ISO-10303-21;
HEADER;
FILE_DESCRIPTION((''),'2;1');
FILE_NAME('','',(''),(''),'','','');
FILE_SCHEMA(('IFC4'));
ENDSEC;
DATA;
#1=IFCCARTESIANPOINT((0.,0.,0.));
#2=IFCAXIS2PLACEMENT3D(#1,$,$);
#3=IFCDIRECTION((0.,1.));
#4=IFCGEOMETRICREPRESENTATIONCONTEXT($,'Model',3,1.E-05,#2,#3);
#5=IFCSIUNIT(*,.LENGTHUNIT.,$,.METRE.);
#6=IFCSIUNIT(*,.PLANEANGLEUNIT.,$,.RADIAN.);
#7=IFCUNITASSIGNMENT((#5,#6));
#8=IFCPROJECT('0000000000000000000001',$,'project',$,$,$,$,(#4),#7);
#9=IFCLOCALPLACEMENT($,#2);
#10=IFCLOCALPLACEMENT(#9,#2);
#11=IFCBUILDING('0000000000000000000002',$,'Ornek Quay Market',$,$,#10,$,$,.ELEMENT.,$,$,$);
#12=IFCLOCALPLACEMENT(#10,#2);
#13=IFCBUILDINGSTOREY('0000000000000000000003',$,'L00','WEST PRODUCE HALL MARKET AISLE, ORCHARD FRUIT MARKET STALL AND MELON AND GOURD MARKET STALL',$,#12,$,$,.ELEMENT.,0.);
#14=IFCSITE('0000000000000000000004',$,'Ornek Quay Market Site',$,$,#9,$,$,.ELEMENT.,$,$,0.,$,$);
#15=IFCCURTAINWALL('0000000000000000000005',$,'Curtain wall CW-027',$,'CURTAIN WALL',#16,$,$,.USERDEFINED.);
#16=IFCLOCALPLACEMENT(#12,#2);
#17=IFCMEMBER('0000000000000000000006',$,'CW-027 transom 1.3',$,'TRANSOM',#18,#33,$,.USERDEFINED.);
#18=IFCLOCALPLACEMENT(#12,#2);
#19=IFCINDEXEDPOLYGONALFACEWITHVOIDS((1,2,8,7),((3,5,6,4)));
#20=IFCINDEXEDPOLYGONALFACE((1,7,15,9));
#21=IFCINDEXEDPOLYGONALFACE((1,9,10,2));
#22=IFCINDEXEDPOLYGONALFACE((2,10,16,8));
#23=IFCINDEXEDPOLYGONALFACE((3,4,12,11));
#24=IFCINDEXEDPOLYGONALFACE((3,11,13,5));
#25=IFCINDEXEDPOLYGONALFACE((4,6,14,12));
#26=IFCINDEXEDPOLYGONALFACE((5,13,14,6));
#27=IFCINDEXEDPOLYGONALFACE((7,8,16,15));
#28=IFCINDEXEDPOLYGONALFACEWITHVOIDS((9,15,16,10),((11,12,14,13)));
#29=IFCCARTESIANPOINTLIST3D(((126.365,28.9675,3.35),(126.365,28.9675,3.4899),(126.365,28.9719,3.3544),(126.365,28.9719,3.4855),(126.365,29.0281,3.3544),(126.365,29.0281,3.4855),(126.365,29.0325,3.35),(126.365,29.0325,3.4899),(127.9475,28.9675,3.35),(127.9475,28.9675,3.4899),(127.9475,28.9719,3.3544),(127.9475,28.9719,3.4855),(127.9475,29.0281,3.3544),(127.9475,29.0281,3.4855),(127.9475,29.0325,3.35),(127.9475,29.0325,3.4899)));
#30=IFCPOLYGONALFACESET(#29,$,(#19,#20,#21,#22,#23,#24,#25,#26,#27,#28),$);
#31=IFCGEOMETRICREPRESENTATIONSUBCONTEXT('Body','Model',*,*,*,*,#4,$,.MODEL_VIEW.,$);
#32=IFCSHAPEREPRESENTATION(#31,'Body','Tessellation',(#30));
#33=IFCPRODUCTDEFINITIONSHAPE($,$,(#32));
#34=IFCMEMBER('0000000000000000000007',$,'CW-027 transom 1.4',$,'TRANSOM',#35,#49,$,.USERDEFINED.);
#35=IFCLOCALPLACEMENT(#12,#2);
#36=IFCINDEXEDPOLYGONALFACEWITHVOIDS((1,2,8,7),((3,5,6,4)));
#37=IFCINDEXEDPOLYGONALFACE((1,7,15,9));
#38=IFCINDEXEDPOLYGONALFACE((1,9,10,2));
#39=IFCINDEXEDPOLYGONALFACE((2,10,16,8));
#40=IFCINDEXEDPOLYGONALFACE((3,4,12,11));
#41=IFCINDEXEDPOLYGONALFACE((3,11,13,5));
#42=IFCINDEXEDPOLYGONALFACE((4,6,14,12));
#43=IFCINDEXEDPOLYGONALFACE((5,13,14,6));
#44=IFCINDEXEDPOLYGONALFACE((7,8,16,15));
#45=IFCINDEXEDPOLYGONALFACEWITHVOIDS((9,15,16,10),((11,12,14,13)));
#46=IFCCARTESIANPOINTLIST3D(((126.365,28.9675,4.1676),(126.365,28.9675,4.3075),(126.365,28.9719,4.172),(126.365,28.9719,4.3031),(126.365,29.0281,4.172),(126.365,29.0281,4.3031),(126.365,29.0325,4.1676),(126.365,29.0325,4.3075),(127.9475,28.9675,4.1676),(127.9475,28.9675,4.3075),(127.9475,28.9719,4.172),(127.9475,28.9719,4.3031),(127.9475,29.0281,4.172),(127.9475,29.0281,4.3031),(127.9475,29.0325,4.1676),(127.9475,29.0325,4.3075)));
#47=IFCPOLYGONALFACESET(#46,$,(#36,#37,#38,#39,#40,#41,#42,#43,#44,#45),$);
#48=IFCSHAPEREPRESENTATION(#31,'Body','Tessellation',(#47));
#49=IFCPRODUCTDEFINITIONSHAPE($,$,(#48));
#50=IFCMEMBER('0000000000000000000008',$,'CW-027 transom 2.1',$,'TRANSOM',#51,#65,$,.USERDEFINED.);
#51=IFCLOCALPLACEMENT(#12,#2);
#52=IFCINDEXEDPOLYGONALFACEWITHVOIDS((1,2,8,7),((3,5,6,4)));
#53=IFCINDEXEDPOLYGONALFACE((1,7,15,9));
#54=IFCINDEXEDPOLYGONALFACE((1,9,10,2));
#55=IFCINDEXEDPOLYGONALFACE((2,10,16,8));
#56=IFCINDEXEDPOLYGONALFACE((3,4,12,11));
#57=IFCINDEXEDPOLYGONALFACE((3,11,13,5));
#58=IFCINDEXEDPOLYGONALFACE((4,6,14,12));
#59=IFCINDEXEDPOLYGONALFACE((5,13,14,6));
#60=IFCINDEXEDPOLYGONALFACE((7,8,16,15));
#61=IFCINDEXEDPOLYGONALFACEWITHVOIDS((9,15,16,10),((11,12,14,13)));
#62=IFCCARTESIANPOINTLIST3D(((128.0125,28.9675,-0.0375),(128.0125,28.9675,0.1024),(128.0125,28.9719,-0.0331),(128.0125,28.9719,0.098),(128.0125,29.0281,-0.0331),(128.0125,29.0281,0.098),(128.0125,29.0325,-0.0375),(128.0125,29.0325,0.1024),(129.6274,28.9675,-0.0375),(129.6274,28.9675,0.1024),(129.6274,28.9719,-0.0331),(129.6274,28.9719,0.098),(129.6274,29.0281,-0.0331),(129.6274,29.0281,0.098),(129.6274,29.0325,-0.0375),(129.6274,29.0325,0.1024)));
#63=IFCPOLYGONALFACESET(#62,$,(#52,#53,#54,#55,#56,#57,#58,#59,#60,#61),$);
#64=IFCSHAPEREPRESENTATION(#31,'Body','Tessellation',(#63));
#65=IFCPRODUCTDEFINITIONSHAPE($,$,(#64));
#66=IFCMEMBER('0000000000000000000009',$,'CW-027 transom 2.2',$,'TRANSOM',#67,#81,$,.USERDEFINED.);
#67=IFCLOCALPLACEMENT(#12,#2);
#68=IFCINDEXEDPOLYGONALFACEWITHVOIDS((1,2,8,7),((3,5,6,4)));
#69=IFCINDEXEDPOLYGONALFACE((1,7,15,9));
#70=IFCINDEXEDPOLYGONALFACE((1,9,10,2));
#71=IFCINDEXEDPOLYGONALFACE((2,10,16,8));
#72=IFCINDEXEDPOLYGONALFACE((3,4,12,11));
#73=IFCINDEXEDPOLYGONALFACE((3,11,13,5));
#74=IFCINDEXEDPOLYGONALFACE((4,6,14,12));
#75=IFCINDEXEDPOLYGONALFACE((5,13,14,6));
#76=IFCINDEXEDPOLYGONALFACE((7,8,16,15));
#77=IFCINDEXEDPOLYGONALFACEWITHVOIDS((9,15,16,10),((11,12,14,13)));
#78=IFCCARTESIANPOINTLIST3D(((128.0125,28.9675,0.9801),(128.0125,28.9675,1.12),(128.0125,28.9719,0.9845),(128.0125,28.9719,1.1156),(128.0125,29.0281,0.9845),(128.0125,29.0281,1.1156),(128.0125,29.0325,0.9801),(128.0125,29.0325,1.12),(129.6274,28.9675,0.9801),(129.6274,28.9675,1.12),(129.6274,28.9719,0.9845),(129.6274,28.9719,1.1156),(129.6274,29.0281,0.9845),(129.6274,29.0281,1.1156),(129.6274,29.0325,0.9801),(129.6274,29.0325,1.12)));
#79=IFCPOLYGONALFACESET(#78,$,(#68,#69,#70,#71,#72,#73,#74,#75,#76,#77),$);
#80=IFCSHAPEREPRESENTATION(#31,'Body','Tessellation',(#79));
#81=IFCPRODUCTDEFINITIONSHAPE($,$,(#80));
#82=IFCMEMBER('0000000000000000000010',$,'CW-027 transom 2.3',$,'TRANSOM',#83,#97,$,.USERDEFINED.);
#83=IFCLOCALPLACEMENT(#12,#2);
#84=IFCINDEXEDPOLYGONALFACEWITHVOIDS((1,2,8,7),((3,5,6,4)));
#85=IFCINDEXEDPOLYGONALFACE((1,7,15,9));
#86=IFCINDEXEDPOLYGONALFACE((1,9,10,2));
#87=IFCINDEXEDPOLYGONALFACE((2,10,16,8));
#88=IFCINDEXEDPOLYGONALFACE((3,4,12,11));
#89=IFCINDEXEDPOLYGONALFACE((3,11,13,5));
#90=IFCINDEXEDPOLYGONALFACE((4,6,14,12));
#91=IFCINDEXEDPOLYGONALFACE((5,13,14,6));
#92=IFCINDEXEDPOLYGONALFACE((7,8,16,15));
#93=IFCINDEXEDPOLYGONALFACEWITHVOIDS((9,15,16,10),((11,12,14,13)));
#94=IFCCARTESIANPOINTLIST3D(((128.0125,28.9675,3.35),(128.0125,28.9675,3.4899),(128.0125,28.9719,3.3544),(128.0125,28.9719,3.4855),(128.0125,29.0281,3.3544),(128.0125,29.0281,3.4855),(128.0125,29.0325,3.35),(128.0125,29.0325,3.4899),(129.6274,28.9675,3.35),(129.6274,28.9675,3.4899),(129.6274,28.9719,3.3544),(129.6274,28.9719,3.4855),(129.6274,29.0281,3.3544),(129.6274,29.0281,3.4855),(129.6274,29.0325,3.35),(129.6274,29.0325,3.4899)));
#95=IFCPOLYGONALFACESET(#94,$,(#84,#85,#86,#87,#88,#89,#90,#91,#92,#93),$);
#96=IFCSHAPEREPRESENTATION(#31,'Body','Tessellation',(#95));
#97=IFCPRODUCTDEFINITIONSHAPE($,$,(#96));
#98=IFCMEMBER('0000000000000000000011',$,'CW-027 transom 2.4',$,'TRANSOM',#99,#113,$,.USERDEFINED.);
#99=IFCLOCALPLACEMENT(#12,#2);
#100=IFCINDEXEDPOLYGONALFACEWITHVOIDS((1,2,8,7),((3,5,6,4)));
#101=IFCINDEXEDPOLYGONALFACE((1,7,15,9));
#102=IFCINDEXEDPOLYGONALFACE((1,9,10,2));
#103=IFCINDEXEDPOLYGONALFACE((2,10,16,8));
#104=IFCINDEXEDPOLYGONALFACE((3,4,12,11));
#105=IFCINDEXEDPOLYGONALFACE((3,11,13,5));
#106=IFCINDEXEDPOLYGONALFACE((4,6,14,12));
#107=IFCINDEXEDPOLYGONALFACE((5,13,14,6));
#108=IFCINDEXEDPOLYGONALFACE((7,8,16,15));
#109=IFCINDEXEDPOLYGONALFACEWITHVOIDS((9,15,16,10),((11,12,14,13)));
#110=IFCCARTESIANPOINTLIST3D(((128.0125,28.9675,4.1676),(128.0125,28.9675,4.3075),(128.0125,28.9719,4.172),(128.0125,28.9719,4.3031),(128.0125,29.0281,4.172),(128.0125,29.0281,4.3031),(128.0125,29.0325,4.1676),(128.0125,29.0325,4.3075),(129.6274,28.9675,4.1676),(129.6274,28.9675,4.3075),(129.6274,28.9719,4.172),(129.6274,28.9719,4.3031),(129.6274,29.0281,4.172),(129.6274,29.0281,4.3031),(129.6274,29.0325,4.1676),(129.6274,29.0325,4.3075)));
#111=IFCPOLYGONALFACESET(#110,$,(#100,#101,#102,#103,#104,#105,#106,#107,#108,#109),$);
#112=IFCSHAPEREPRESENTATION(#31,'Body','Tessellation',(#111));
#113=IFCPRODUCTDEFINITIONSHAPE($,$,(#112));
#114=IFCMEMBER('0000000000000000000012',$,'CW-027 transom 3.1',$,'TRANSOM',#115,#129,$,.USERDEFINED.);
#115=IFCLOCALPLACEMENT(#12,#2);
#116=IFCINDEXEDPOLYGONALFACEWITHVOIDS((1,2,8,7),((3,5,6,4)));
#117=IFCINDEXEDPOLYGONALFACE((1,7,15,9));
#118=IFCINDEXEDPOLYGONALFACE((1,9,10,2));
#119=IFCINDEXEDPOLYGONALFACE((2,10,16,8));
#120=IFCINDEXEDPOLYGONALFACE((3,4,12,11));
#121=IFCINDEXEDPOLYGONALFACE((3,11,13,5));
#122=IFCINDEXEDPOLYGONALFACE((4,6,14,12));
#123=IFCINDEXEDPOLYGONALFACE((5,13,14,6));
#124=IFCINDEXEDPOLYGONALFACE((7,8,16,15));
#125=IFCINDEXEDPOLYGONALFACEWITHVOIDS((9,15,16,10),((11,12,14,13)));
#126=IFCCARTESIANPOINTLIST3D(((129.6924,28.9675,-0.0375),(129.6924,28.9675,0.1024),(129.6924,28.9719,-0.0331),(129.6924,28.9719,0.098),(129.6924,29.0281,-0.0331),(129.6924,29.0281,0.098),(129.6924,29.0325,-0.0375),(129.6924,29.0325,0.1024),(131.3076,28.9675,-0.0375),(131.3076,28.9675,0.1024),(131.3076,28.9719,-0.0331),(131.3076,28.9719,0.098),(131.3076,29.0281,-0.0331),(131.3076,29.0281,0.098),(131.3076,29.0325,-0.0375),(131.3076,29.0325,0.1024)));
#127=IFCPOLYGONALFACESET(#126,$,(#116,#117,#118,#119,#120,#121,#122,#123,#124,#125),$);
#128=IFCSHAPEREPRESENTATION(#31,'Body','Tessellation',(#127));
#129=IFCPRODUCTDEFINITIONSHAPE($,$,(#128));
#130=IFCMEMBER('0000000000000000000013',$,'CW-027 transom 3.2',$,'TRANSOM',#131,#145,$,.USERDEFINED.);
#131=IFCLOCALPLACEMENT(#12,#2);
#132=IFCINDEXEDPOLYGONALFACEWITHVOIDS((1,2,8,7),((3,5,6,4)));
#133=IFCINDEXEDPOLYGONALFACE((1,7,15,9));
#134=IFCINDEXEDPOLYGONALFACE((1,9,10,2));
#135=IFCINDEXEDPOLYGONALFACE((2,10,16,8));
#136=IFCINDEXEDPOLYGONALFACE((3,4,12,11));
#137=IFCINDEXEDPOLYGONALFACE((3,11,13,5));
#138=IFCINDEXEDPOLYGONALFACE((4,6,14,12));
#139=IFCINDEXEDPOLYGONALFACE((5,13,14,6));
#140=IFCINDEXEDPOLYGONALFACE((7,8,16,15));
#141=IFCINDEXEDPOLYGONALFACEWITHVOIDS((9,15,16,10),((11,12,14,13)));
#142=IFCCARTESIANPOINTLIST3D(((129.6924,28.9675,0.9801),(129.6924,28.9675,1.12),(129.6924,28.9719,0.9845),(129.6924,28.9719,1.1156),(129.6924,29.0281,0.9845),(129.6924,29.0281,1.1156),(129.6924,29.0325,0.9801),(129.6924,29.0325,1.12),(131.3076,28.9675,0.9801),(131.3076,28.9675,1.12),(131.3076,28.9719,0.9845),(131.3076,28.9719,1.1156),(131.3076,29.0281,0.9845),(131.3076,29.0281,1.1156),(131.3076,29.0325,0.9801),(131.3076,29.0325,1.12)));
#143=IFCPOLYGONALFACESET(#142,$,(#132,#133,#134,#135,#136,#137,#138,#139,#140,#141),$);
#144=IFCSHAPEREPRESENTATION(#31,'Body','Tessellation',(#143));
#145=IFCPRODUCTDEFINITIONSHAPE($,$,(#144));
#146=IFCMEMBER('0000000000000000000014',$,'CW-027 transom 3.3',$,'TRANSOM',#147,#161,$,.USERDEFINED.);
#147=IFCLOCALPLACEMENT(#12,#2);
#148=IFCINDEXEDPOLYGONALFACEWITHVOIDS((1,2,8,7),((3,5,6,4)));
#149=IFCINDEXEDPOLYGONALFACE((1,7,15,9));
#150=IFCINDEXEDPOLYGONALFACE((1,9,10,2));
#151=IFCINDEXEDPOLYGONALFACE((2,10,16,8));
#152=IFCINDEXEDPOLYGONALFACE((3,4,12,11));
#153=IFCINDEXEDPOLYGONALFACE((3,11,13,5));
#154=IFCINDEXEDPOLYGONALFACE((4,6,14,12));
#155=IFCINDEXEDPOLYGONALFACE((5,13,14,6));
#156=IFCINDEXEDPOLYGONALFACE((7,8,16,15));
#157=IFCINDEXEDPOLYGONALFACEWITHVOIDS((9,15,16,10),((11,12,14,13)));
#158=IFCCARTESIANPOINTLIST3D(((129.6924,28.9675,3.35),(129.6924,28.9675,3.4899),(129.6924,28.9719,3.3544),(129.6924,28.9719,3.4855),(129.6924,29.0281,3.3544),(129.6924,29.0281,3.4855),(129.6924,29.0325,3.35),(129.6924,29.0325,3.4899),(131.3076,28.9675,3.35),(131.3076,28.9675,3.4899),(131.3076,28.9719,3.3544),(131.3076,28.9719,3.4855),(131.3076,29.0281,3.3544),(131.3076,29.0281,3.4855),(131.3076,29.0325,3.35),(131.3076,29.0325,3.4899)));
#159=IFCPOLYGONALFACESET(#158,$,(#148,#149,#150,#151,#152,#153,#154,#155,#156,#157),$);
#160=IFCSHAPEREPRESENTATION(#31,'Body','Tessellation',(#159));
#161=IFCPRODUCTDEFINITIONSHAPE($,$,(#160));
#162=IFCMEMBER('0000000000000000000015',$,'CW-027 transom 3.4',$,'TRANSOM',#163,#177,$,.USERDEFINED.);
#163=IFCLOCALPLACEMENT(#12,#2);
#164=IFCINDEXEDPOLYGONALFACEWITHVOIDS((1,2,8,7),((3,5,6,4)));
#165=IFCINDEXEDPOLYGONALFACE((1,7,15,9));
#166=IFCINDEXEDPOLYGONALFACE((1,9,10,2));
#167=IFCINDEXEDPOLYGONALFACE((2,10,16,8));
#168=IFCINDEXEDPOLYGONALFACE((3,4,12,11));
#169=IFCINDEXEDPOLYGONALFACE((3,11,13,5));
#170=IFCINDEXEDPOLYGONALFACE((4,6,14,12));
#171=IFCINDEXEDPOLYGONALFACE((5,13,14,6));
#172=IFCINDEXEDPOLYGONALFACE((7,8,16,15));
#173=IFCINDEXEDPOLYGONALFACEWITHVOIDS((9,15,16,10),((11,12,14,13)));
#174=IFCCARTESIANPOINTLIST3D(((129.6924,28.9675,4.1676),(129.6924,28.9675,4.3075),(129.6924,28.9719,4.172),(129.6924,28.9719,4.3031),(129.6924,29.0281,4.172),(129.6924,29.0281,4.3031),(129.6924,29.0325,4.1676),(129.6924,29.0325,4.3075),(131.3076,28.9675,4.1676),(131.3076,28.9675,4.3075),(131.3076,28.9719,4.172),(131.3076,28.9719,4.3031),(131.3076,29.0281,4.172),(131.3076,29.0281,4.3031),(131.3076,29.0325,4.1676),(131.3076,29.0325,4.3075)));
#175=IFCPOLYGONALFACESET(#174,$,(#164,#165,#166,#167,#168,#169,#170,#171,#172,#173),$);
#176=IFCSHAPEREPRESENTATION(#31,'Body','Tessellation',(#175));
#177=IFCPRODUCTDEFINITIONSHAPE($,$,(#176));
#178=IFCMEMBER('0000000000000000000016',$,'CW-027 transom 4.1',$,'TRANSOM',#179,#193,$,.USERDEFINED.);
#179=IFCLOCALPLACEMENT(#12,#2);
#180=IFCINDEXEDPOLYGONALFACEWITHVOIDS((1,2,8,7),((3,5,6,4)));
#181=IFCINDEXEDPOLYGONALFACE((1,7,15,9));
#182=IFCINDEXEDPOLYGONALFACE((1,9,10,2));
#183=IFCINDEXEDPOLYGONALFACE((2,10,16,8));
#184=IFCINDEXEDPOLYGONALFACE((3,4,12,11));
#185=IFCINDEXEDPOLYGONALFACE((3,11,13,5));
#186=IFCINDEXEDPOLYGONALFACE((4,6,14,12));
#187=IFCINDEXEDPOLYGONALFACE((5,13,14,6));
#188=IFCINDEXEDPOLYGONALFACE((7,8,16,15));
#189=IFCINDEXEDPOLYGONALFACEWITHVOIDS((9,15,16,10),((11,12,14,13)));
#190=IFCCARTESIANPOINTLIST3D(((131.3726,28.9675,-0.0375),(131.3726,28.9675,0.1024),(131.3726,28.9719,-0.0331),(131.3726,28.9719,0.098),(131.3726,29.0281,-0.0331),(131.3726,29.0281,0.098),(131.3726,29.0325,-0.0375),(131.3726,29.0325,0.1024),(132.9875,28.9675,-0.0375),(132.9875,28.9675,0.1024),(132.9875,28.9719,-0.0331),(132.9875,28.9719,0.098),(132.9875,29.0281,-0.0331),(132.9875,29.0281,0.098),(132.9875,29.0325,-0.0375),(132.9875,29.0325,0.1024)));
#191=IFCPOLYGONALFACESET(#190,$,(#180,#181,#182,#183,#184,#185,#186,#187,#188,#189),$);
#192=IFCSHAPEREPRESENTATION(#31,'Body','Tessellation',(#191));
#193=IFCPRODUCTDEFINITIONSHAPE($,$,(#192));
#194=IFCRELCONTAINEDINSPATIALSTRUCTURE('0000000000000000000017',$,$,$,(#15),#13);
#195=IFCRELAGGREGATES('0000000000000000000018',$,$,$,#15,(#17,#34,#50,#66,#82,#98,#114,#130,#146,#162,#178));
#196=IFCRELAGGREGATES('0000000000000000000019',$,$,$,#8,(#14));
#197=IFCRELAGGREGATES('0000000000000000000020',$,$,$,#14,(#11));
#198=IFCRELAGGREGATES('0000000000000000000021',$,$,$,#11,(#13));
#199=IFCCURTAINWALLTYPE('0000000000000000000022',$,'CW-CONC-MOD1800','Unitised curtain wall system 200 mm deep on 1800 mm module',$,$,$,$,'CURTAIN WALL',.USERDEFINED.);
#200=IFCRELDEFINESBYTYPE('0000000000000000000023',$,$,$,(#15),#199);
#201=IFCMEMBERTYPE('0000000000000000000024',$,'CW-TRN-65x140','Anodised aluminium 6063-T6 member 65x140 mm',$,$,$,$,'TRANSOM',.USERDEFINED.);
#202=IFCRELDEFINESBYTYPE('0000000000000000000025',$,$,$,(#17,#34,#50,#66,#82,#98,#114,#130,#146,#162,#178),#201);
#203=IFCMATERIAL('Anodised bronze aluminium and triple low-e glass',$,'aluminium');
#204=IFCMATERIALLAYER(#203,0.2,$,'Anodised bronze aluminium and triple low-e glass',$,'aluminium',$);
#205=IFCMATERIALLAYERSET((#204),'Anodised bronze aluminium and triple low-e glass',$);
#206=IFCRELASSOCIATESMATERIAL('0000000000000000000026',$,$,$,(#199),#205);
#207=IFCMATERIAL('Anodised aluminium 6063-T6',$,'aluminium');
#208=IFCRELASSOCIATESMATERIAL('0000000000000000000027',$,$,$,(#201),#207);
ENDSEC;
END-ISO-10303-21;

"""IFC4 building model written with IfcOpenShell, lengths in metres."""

from ifc_helpers import new_model, si_unit, direction, frame, origin, origin_2d, place, context, subcontext, project, spatial, hollow_rectangle, extrude, material, layer, layer_set, material_profile, profile_set, type_object, element, aggregate, save


model = new_model("IFC4")

# Units and contexts
model_context = context("Model", 3, precision=1e-05, world=origin(), true_north=direction((0.0, 1.0)))
body_context = subcontext(model_context, "Body", "Model", "MODEL_VIEW")
ifc_project = project(units=[si_unit("LENGTHUNIT", "METRE"), si_unit("PLANEANGLEUNIT", "RADIAN")], contexts=[model_context])

# Site, building, storey
site_placement = place(None, origin())
site = spatial("IfcSite", under=ifc_project, at=site_placement, Name="Ornek Quay Market Site", CompositionType="ELEMENT", RefElevation=0.0)
building_placement = place(site_placement, origin())
building = spatial("IfcBuilding", under=site, at=building_placement, Name="Ornek Quay Market", CompositionType="ELEMENT")
storey_placement = place(building_placement, origin())
storey = spatial("IfcBuildingStorey", under=building, at=storey_placement, Name="L00", Description="WEST PRODUCE HALL MARKET AISLE, ORCHARD FRUIT MARKET STALL AND MELON AND GOURD MARKET STALL", CompositionType="ELEMENT", Elevation=0.0)

# Curtain wall, members
ifc_material_1 = material(Name="Anodised bronze aluminium and triple low-e glass", Category="aluminium")
ifc_layer_1 = layer(ifc_material_1, 0.2, Name="Anodised bronze aluminium and triple low-e glass", Category="aluminium")
ifc_layer_set_1 = layer_set([ifc_layer_1], Name="Anodised bronze aluminium and triple low-e glass")
curtain_wall_type = type_object("IfcCurtainWallType", Name="CW-CONC-MOD1800", Description="Unitised curtain wall system 200 mm deep on 1800 mm module", ElementType="CURTAIN WALL", PredefinedType="USERDEFINED", material=ifc_layer_set_1)
curtain_wall_placement = place(storey_placement, origin())
curtain_wall = element("IfcCurtainWall", 1, at=curtain_wall_placement, inside=storey, type_object=curtain_wall_type, Name="Curtain wall CW-027", ObjectType="CURTAIN WALL", PredefinedType="USERDEFINED")
ifc_material_2 = material(Name="Anodised aluminium 6063-T6", Category="aluminium")
ifc_material_profile_1 = material_profile(ifc_material_2, hollow_rectangle(XDim=0.0649, YDim=0.1399, WallThickness=0.0044, at=origin_2d()), Name="CW-TRN-65x140", Category="aluminium")
ifc_profile_set_1 = profile_set([ifc_material_profile_1], Name="Anodised aluminium 6063-T6")
member_type_1 = type_object("IfcMemberType", Name="CW-TRN-65x140", Description="Anodised aluminium 6063-T6 member 65x140 mm", ElementType="TRANSOM", PredefinedType="USERDEFINED", material=ifc_profile_set_1)
member_1_placement = place(storey_placement, frame((126.365, 29.0, 3.4199), z_axis=(1.0, 0.0, 0.0), x_axis=(0.0, 1.0, 0.0)))
member_1 = element("IfcMember", 2, at=member_1_placement, type_object=member_type_1, Name="CW-027 transom 1.3", ObjectType="TRANSOM", PredefinedType="USERDEFINED", context=body_context, shape_type="SweptSolid", body=[
    extrude(hollow_rectangle(XDim=0.0649, YDim=0.1399, WallThickness=0.0044, at=origin_2d()), origin(), (0.0, 0.0, 1.0), 1.5825),
])
member_2_placement = place(storey_placement, frame((126.365, 29.0, 4.2375), z_axis=(1.0, 0.0, 0.0), x_axis=(0.0, 1.0, 0.0)))
member_2 = element("IfcMember", 3, at=member_2_placement, type_object=member_type_1, Name="CW-027 transom 1.4", ObjectType="TRANSOM", PredefinedType="USERDEFINED", context=body_context, shape_type="SweptSolid", body=[
    extrude(hollow_rectangle(XDim=0.0649, YDim=0.1399, WallThickness=0.0044, at=origin_2d()), origin(), (0.0, 0.0, 1.0), 1.5825),
])
member_3_placement = place(storey_placement, frame((128.0125, 29.0, 0.0325), z_axis=(1.0, 0.0, 0.0), x_axis=(0.0, 1.0, 0.0)))
member_3 = element("IfcMember", 4, at=member_3_placement, type_object=member_type_1, Name="CW-027 transom 2.1", ObjectType="TRANSOM", PredefinedType="USERDEFINED", context=body_context, shape_type="SweptSolid", body=[
    extrude(hollow_rectangle(XDim=0.0649, YDim=0.1399, WallThickness=0.0044, at=origin_2d()), origin(), (0.0, 0.0, 1.0), 1.615),
])
member_4_placement = place(storey_placement, frame((128.0125, 29.0, 1.05), z_axis=(1.0, 0.0, 0.0), x_axis=(0.0, 1.0, 0.0)))
member_4 = element("IfcMember", 5, at=member_4_placement, type_object=member_type_1, Name="CW-027 transom 2.2", ObjectType="TRANSOM", PredefinedType="USERDEFINED", context=body_context, shape_type="SweptSolid", body=[
    extrude(hollow_rectangle(XDim=0.0649, YDim=0.1399, WallThickness=0.0044, at=origin_2d()), origin(), (0.0, 0.0, 1.0), 1.615),
])
member_5_placement = place(storey_placement, frame((128.0125, 29.0, 3.4199), z_axis=(1.0, 0.0, 0.0), x_axis=(0.0, 1.0, 0.0)))
member_5 = element("IfcMember", 6, at=member_5_placement, type_object=member_type_1, Name="CW-027 transom 2.3", ObjectType="TRANSOM", PredefinedType="USERDEFINED", context=body_context, shape_type="SweptSolid", body=[
    extrude(hollow_rectangle(XDim=0.0649, YDim=0.1399, WallThickness=0.0044, at=origin_2d()), origin(), (0.0, 0.0, 1.0), 1.615),
])
member_6_placement = place(storey_placement, frame((128.0125, 29.0, 4.2375), z_axis=(1.0, 0.0, 0.0), x_axis=(0.0, 1.0, 0.0)))
member_6 = element("IfcMember", 7, at=member_6_placement, type_object=member_type_1, Name="CW-027 transom 2.4", ObjectType="TRANSOM", PredefinedType="USERDEFINED", context=body_context, shape_type="SweptSolid", body=[
    extrude(hollow_rectangle(XDim=0.0649, YDim=0.1399, WallThickness=0.0044, at=origin_2d()), origin(), (0.0, 0.0, 1.0), 1.615),
])
member_7_placement = place(storey_placement, frame((129.6924, 29.0, 0.0325), z_axis=(1.0, 0.0, 0.0), x_axis=(0.0, 1.0, 0.0)))
member_7 = element("IfcMember", 8, at=member_7_placement, type_object=member_type_1, Name="CW-027 transom 3.1", ObjectType="TRANSOM", PredefinedType="USERDEFINED", context=body_context, shape_type="SweptSolid", body=[
    extrude(hollow_rectangle(XDim=0.0649, YDim=0.1399, WallThickness=0.0044, at=origin_2d()), origin(), (0.0, 0.0, 1.0), 1.6152),
])
member_8_placement = place(storey_placement, frame((129.6924, 29.0, 1.05), z_axis=(1.0, 0.0, 0.0), x_axis=(0.0, 1.0, 0.0)))
member_8 = element("IfcMember", 9, at=member_8_placement, type_object=member_type_1, Name="CW-027 transom 3.2", ObjectType="TRANSOM", PredefinedType="USERDEFINED", context=body_context, shape_type="SweptSolid", body=[
    extrude(hollow_rectangle(XDim=0.0649, YDim=0.1399, WallThickness=0.0044, at=origin_2d()), origin(), (0.0, 0.0, 1.0), 1.6152),
])
member_9_placement = place(storey_placement, frame((129.6924, 29.0, 3.4199), z_axis=(1.0, 0.0, 0.0), x_axis=(0.0, 1.0, 0.0)))
member_9 = element("IfcMember", 10, at=member_9_placement, type_object=member_type_1, Name="CW-027 transom 3.3", ObjectType="TRANSOM", PredefinedType="USERDEFINED", context=body_context, shape_type="SweptSolid", body=[
    extrude(hollow_rectangle(XDim=0.0649, YDim=0.1399, WallThickness=0.0044, at=origin_2d()), origin(), (0.0, 0.0, 1.0), 1.6152),
])
member_10_placement = place(storey_placement, frame((129.6924, 29.0, 4.2375), z_axis=(1.0, 0.0, 0.0), x_axis=(0.0, 1.0, 0.0)))
member_10 = element("IfcMember", 11, at=member_10_placement, type_object=member_type_1, Name="CW-027 transom 3.4", ObjectType="TRANSOM", PredefinedType="USERDEFINED", context=body_context, shape_type="SweptSolid", body=[
    extrude(hollow_rectangle(XDim=0.0649, YDim=0.1399, WallThickness=0.0044, at=origin_2d()), origin(), (0.0, 0.0, 1.0), 1.6152),
])
member_11_placement = place(storey_placement, frame((131.3726, 29.0, 0.0325), z_axis=(1.0, 0.0, 0.0), x_axis=(0.0, 1.0, 0.0)))
member_11 = element("IfcMember", 12, at=member_11_placement, type_object=member_type_1, Name="CW-027 transom 4.1", ObjectType="TRANSOM", PredefinedType="USERDEFINED", context=body_context, shape_type="SweptSolid", body=[
    extrude(hollow_rectangle(XDim=0.0649, YDim=0.1399, WallThickness=0.0044, at=origin_2d()), origin(), (0.0, 0.0, 1.0), 1.615),
])
aggregate(curtain_wall, [member_1, member_2, member_3, member_4, member_5, member_6, member_7, member_8, member_9, member_10, member_11])

save(model, "model.ifc")
